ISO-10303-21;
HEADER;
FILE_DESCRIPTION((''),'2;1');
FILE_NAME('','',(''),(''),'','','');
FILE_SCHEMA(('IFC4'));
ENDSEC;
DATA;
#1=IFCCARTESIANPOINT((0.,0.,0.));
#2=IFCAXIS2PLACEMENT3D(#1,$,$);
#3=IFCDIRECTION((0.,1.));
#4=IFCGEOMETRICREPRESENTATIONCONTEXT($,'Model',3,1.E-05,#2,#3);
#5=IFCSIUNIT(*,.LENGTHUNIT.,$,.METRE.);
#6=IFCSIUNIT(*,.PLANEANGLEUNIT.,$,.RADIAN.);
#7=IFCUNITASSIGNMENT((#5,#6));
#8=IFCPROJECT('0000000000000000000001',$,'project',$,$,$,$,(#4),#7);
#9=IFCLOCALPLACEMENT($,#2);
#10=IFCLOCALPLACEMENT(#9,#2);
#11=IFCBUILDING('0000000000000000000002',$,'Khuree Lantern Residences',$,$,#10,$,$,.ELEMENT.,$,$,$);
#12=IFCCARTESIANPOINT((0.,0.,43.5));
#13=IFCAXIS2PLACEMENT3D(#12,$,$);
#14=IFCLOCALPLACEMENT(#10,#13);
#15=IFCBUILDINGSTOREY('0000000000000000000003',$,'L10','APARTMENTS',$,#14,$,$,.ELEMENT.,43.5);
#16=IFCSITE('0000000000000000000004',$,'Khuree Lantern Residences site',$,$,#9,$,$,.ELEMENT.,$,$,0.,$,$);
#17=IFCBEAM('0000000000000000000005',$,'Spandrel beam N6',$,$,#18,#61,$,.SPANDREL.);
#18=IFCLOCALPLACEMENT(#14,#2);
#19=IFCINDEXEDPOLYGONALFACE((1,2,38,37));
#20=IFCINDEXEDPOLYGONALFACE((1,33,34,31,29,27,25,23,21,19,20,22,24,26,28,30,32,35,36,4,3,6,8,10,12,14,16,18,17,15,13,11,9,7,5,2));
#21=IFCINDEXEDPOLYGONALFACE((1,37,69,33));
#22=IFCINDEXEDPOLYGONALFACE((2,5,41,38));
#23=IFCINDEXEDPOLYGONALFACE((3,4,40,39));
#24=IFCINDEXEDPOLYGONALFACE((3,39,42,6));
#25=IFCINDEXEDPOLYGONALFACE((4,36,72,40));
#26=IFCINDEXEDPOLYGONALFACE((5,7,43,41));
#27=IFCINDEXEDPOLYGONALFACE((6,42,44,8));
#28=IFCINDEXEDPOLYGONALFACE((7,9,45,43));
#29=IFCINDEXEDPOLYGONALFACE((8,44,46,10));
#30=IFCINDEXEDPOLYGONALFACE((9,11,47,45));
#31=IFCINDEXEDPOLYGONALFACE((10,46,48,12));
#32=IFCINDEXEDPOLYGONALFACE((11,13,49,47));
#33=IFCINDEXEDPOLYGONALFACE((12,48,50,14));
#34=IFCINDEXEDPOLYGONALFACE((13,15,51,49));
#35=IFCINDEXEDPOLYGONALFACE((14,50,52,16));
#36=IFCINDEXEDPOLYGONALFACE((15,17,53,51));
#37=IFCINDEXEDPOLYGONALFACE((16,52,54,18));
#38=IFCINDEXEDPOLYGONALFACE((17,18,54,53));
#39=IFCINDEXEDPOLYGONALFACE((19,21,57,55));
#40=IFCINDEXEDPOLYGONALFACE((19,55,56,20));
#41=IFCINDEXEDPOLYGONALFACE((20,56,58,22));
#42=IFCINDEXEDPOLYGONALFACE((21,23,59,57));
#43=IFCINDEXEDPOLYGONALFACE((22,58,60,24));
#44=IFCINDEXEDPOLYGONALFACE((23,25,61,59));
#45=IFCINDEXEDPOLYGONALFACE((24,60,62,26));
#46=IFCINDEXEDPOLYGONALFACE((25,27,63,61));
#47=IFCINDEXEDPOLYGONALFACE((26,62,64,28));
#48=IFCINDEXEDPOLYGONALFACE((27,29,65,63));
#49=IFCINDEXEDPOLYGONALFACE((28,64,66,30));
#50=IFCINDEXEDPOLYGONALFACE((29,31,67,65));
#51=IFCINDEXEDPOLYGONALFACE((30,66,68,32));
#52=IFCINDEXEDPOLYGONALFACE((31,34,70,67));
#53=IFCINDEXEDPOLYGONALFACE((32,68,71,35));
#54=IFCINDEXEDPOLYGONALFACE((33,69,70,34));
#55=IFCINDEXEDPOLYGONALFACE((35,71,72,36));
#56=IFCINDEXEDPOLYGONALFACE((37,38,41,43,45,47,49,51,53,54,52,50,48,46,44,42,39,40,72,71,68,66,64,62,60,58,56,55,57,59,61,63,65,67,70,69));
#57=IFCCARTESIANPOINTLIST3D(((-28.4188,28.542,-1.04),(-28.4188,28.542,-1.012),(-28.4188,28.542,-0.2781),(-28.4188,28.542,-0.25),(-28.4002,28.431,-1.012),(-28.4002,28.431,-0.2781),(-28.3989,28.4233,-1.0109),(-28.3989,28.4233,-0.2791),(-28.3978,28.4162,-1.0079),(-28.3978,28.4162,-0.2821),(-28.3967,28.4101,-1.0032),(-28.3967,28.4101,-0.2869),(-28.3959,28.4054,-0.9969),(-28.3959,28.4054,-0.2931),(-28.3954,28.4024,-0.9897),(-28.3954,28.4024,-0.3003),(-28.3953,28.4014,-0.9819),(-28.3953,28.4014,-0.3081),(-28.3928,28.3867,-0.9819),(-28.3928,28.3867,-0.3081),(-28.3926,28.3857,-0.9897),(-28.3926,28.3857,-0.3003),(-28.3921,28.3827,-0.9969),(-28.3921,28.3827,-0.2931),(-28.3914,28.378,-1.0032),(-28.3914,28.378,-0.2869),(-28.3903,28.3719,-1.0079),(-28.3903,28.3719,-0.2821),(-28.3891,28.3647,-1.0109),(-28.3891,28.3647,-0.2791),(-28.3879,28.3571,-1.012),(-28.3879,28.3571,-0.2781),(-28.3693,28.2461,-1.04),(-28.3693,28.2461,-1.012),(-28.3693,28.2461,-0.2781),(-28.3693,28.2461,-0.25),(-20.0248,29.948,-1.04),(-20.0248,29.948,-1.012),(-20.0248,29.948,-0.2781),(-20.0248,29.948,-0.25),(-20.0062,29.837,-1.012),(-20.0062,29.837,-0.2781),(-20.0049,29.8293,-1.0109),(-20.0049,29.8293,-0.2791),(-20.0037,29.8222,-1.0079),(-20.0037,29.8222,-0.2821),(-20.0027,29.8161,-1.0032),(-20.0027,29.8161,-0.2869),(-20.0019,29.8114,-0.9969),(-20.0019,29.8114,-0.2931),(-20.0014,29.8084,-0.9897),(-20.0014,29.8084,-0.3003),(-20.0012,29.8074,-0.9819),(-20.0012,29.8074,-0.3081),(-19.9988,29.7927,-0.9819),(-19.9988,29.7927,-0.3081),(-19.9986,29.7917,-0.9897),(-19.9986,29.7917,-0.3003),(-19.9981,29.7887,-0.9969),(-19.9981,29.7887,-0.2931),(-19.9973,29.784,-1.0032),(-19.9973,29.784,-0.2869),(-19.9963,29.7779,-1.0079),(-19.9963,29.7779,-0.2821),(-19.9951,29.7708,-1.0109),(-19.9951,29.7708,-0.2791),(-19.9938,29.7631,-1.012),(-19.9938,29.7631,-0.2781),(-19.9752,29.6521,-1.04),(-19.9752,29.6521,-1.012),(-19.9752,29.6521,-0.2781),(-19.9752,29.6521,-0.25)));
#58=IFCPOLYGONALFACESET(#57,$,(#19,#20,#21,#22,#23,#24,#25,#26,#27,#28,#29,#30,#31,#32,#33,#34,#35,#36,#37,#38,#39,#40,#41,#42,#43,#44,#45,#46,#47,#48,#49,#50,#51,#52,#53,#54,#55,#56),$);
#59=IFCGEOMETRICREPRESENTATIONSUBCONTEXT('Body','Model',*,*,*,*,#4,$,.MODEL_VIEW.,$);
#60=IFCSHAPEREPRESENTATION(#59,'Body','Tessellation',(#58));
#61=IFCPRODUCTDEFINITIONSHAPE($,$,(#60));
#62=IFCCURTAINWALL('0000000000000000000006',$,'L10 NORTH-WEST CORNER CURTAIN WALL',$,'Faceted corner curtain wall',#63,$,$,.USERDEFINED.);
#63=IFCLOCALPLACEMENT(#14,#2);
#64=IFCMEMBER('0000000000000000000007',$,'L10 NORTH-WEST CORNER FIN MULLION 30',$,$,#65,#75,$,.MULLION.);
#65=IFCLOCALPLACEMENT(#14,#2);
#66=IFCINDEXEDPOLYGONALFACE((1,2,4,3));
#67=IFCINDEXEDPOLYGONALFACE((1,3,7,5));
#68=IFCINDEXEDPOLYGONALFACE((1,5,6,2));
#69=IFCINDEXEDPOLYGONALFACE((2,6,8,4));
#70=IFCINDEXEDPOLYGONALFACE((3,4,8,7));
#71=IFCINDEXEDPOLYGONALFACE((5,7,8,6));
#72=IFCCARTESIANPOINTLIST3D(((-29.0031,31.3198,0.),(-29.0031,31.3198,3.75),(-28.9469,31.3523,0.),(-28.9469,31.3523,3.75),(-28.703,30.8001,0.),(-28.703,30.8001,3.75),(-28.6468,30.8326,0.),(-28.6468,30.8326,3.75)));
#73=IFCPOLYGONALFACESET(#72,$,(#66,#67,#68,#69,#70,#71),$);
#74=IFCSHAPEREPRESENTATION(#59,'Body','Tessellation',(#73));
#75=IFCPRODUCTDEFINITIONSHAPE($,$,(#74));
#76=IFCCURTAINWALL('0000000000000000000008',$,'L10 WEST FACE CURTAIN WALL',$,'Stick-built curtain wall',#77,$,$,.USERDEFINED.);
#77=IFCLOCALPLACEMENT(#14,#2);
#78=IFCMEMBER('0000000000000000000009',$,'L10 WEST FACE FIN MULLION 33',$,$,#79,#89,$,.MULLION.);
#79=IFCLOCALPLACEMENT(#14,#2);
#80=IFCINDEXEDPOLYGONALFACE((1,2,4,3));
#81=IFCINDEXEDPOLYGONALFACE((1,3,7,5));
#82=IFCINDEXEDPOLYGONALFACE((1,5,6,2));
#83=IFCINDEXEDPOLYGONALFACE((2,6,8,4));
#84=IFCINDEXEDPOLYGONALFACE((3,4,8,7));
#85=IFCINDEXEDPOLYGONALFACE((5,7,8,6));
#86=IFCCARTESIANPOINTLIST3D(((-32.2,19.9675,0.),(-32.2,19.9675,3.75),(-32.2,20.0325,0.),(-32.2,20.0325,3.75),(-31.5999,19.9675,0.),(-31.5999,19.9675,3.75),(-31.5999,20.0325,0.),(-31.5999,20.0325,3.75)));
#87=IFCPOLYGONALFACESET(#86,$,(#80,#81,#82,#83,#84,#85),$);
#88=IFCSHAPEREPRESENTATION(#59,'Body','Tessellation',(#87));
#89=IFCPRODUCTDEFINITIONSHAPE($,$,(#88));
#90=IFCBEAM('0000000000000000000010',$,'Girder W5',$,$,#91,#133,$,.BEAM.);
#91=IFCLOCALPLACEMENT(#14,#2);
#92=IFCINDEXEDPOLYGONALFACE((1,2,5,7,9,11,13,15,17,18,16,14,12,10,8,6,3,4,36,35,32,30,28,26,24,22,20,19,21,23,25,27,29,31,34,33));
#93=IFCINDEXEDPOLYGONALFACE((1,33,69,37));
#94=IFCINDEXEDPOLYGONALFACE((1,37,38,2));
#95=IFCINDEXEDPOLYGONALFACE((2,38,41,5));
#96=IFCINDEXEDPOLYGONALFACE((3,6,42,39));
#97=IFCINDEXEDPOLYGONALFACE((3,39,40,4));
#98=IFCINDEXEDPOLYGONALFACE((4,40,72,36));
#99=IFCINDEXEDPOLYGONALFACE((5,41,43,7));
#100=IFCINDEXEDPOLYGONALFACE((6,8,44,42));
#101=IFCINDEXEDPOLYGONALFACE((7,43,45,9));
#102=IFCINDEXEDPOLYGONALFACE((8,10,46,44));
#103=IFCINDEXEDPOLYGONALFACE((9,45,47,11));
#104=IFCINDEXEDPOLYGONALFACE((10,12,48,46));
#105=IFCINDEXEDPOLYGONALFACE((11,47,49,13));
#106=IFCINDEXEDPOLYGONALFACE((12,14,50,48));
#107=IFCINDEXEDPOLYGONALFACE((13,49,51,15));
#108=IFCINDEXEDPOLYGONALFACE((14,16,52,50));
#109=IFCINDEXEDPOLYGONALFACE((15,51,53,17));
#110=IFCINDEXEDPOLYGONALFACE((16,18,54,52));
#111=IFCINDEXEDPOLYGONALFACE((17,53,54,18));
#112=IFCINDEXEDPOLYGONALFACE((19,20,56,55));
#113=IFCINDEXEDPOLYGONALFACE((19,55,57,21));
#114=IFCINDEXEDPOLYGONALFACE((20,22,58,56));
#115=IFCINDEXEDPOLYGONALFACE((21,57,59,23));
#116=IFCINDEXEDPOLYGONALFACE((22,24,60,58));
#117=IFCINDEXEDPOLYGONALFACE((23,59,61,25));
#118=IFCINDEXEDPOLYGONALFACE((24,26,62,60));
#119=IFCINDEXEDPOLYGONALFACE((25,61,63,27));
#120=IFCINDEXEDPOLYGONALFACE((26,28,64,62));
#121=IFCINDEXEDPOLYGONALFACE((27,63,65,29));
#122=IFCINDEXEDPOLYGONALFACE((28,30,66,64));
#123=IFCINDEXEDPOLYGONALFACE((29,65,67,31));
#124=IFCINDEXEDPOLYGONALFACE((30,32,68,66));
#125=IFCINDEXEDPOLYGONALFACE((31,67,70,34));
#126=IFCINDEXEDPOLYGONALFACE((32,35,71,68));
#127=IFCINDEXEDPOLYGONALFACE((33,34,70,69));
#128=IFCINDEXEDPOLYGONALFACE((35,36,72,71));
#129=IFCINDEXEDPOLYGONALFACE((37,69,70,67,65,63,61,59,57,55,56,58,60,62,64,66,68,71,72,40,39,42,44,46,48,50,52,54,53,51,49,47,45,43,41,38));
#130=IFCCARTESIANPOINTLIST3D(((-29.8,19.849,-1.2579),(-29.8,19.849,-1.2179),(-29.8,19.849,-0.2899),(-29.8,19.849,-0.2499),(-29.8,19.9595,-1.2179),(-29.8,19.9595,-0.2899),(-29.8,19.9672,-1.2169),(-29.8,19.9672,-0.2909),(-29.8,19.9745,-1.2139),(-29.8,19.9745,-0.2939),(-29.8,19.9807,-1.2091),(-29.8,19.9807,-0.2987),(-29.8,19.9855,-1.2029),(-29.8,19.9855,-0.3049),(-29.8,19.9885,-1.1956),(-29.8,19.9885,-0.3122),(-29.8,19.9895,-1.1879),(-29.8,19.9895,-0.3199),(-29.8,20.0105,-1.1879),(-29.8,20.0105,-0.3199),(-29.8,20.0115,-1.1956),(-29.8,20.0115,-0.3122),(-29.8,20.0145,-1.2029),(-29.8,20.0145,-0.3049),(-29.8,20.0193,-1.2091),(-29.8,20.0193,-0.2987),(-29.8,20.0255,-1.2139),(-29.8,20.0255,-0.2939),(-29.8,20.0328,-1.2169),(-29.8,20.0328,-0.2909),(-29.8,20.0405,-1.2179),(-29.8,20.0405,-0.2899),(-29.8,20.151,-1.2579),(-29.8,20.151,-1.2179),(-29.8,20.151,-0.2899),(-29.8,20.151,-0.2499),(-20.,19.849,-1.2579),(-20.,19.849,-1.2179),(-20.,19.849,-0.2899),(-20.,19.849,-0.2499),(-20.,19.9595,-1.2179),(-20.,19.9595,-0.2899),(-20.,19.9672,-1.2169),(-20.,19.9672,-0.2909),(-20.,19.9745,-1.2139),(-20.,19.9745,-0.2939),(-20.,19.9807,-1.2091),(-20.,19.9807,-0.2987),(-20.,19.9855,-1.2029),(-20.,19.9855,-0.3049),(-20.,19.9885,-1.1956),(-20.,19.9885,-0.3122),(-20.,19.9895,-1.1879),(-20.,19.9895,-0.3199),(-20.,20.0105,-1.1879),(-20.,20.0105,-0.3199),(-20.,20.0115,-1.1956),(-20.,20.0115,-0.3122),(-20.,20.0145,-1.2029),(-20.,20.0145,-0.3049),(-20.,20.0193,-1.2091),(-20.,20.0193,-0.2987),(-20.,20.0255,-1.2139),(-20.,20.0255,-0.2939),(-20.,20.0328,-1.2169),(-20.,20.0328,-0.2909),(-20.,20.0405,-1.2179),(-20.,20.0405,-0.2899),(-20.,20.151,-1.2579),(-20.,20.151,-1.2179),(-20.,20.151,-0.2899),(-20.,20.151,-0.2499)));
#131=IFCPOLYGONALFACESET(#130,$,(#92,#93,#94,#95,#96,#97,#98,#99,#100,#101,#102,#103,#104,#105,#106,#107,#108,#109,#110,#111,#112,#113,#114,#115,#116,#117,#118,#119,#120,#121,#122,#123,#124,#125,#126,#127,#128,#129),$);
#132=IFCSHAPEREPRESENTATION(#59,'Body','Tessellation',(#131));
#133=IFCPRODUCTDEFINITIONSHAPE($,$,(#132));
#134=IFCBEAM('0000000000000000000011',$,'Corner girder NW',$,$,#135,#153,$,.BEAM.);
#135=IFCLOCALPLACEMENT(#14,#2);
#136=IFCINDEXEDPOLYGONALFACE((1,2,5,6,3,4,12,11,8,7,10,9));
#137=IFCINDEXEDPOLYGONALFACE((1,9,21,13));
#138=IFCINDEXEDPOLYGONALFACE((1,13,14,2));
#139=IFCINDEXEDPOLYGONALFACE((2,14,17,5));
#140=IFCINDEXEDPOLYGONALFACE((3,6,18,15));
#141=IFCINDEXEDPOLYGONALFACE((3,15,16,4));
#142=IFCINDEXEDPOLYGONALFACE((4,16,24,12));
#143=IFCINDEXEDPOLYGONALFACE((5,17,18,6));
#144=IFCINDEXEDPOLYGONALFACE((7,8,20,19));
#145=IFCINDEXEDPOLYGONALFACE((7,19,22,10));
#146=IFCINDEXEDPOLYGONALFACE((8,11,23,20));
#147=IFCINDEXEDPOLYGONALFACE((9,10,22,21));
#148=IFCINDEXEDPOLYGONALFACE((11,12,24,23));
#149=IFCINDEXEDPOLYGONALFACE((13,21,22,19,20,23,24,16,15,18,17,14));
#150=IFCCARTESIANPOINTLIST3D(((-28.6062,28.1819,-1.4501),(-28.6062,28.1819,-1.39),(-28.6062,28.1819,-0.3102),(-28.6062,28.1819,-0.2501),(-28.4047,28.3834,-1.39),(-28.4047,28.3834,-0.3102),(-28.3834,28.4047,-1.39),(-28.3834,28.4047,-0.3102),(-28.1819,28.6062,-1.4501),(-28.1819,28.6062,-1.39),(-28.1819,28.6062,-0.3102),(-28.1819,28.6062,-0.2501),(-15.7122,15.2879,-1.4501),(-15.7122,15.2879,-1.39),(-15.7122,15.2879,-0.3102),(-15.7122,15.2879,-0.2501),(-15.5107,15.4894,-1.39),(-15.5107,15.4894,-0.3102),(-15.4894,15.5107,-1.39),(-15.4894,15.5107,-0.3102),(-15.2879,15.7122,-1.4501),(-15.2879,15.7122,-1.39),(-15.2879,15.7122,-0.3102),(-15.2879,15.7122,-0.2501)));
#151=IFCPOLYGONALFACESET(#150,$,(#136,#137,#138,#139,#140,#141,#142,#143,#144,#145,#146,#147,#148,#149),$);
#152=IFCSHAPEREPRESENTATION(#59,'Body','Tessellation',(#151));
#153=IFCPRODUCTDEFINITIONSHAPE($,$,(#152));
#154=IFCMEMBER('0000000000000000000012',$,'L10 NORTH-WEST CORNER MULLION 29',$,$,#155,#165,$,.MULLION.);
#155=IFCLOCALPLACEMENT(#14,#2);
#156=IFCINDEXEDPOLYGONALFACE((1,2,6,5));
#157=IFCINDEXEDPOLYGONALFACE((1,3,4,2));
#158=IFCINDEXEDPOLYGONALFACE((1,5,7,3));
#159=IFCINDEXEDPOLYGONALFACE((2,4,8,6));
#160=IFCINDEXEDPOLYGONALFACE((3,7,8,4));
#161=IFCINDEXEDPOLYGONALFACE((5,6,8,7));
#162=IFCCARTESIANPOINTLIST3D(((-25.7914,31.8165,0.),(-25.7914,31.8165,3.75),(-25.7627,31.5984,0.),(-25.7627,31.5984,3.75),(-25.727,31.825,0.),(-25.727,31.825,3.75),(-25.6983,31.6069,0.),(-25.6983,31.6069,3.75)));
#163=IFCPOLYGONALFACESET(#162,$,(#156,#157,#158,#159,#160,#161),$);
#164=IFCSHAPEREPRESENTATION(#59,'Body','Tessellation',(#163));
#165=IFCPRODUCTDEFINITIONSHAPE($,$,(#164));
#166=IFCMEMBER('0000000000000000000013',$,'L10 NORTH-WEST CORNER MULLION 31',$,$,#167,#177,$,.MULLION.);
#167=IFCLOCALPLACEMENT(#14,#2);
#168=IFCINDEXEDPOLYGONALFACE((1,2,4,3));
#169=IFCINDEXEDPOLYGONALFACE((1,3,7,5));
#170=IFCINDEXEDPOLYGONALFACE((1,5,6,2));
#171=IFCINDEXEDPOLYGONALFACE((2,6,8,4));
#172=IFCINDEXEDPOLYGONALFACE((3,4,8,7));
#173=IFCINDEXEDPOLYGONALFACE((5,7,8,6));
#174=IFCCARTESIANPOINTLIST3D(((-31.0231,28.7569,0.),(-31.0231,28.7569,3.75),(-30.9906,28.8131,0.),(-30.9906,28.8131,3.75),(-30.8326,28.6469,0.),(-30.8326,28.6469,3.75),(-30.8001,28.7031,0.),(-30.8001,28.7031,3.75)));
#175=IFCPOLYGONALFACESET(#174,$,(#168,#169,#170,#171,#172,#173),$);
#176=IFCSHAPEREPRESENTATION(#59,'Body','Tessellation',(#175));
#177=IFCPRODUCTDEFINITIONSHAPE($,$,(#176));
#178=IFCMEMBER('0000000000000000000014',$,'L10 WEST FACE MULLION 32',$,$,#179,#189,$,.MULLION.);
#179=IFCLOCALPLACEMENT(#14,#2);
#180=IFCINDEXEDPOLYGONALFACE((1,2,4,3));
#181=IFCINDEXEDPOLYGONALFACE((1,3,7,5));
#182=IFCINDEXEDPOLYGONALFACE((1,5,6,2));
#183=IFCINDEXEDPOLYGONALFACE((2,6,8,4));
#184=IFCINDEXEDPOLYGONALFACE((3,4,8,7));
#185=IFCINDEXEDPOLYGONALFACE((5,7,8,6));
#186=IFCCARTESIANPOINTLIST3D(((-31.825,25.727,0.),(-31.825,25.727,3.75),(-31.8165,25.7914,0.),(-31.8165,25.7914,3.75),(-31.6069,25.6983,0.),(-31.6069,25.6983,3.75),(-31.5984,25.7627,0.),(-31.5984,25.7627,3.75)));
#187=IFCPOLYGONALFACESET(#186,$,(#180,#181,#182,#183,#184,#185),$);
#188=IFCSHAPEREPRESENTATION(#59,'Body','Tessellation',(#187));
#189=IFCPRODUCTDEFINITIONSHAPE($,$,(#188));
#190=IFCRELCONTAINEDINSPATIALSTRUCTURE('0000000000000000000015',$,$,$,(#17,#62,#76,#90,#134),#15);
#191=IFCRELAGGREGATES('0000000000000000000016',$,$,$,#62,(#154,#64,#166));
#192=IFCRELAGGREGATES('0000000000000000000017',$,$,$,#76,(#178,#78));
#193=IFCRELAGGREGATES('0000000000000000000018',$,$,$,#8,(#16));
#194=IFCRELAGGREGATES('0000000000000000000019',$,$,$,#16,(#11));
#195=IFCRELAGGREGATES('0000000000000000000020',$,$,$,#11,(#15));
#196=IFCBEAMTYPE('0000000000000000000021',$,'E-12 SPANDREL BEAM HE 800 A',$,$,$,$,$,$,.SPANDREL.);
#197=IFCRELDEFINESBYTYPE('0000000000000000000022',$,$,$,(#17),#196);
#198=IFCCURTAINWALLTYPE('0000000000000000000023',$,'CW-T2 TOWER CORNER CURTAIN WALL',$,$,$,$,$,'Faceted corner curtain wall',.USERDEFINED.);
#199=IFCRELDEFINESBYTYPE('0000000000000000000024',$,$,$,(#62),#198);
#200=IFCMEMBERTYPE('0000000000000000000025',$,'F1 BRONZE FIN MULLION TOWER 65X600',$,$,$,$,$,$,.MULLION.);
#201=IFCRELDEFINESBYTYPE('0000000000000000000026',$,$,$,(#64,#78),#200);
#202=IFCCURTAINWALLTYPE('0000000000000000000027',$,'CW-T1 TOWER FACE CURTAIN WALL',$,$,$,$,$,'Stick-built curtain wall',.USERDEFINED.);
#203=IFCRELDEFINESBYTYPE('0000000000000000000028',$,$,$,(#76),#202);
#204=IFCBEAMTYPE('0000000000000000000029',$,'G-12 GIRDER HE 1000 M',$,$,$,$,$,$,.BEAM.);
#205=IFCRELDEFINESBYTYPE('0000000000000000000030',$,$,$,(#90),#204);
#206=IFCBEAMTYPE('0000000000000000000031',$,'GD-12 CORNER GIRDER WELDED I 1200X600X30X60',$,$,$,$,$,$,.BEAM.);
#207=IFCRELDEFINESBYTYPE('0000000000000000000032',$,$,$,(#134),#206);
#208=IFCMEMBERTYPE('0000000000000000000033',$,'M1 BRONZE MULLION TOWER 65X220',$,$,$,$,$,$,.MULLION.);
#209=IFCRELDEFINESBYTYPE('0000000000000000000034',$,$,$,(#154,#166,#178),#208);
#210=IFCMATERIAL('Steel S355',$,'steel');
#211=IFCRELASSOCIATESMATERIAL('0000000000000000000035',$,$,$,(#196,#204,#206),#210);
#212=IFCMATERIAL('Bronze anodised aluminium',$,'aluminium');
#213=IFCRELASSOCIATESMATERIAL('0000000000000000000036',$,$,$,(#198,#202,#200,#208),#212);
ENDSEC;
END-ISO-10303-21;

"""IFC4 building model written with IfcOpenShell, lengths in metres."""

from ifc_helpers import new_model, si_unit, direction, frame, origin, origin_2d, place, context, subcontext, project, spatial, rectangle, i_section, extrude, material, material_profile, profile_set, type_object, element, aggregate, save


model = new_model("IFC4")

# Units and contexts
model_context = context("Model", 3, precision=1e-05, world=origin(), true_north=direction((0.0, 1.0)))
body_context = subcontext(model_context, "Body", "Model", "MODEL_VIEW")
ifc_project = project(units=[si_unit("LENGTHUNIT", "METRE"), si_unit("PLANEANGLEUNIT", "RADIAN")], contexts=[model_context])

# Site, building, storey
site_placement = place(None, origin())
site = spatial("IfcSite", under=ifc_project, at=site_placement, Name="Khuree Lantern Residences site", CompositionType="ELEMENT", RefElevation=0.0)
building_placement = place(site_placement, origin())
building = spatial("IfcBuilding", under=site, at=building_placement, Name="Khuree Lantern Residences", CompositionType="ELEMENT")
storey_placement = place(building_placement, frame((0.0, 0.0, 43.5)))
storey = spatial("IfcBuildingStorey", under=building, at=storey_placement, Name="L10", Description="APARTMENTS", CompositionType="ELEMENT", Elevation=43.5)

# Beam
ifc_material_1 = material(Name="Steel S355", Category="steel")
ifc_material_profile_1 = material_profile(ifc_material_1, i_section(OverallWidth=0.3, OverallDepth=0.79, WebThickness=0.0149, FlangeThickness=0.0281, FilletRadius=0.03, at=origin_2d()), Name="HE 800 A")
ifc_profile_set_1 = profile_set([ifc_material_profile_1], Name="Steel S355")
beam_type_1 = type_object("IfcBeamType", Name="E-12 SPANDREL BEAM HE 800 A", PredefinedType="SPANDREL", material=ifc_profile_set_1)
for number, where, z_axis, x_axis, name in (
    (1, (-28.394, 28.394, -0.645), (0.98626, 0.165199, 0.0), (-0.165199, 0.98626, 0.0), "Spandrel beam N6"),
):
    element("IfcBeam", number, at=place(storey_placement, frame(where, z_axis=z_axis, x_axis=x_axis)), inside=storey, type_object=beam_type_1, Name=name, PredefinedType="SPANDREL", context=body_context, shape_type="SweptSolid", body=[
        extrude(i_section(OverallWidth=0.3, OverallDepth=0.79, WebThickness=0.0149, FlangeThickness=0.0281, FilletRadius=0.03, at=origin_2d()), origin(), (0.0, 0.0, 1.0), 8.511),
    ])

# Curtain walls, members
ifc_material_2 = material(Name="Bronze anodised aluminium", Category="aluminium")
curtain_wall_type_1 = type_object("IfcCurtainWallType", Name="CW-T2 TOWER CORNER CURTAIN WALL", ElementType="Faceted corner curtain wall", PredefinedType="USERDEFINED", material=ifc_material_2)
curtain_wall_1_placement = place(storey_placement, origin())
curtain_wall_1 = element("IfcCurtainWall", 2, at=curtain_wall_1_placement, inside=storey, type_object=curtain_wall_type_1, Name="L10 NORTH-WEST CORNER CURTAIN WALL", ObjectType="Faceted corner curtain wall", PredefinedType="USERDEFINED")
ifc_material_profile_2 = material_profile(ifc_material_2, rectangle(XDim=0.0649, YDim=0.6001, at=origin_2d()), Name="F1 65X600")
ifc_profile_set_2 = profile_set([ifc_material_profile_2], Name="Bronze anodised aluminium")
member_type_1 = type_object("IfcMemberType", Name="F1 BRONZE FIN MULLION TOWER 65X600", PredefinedType="MULLION", material=ifc_profile_set_2)
member_1_placement = place(storey_placement, frame((-28.825, 31.0762, 0.0), z_axis=(0.0, 0.0, 1.0), x_axis=(-0.866025, -0.5, 0.0)))
member_1 = element("IfcMember", 3, at=member_1_placement, type_object=member_type_1, Name="L10 NORTH-WEST CORNER FIN MULLION 30", PredefinedType="MULLION", context=body_context, shape_type="SweptSolid", body=[
    extrude(rectangle(XDim=0.0649, YDim=0.6001, at=origin_2d()), origin(), (0.0, 0.0, 1.0), 3.75),
])
curtain_wall_type_2 = type_object("IfcCurtainWallType", Name="CW-T1 TOWER FACE CURTAIN WALL", ElementType="Stick-built curtain wall", PredefinedType="USERDEFINED", material=ifc_material_2)
curtain_wall_2_placement = place(storey_placement, origin())
curtain_wall_2 = element("IfcCurtainWall", 4, at=curtain_wall_2_placement, inside=storey, type_object=curtain_wall_type_2, Name="L10 WEST FACE CURTAIN WALL", ObjectType="Stick-built curtain wall", PredefinedType="USERDEFINED")
member_2_placement = place(storey_placement, frame((-31.8999, 20.0, 0.0), z_axis=(0.0, 0.0, 1.0), x_axis=(0.0, -1.0, 0.0)))
member_2 = element("IfcMember", 5, at=member_2_placement, type_object=member_type_1, Name="L10 WEST FACE FIN MULLION 33", PredefinedType="MULLION", context=body_context, shape_type="SweptSolid", body=[
    extrude(rectangle(XDim=0.0649, YDim=0.6001, at=origin_2d()), origin(), (0.0, 0.0, 1.0), 3.75),
])

# Beams
ifc_material_profile_3 = material_profile(ifc_material_1, i_section(OverallWidth=0.302, OverallDepth=1.0081, WebThickness=0.021, FlangeThickness=0.04, FilletRadius=0.03, at=origin_2d()), Name="HE 1000 M")
ifc_profile_set_3 = profile_set([ifc_material_profile_3], Name="Steel S355")
beam_type_2 = type_object("IfcBeamType", Name="G-12 GIRDER HE 1000 M", PredefinedType="BEAM", material=ifc_profile_set_3)
beam_1_placement = place(storey_placement, frame((-29.8, 20.0, -0.7539), z_axis=(1.0, 0.0, 0.0), x_axis=(0.0, 1.0, 0.0)))
element("IfcBeam", 6, at=beam_1_placement, inside=storey, type_object=beam_type_2, Name="Girder W5", PredefinedType="BEAM", context=body_context, shape_type="SweptSolid", body=[
    extrude(i_section(OverallWidth=0.302, OverallDepth=1.0081, WebThickness=0.021, FlangeThickness=0.04, FilletRadius=0.03, at=origin_2d()), origin(), (0.0, 0.0, 1.0), 9.8),
])
ifc_material_profile_4 = material_profile(ifc_material_1, i_section(OverallWidth=0.6001, OverallDepth=1.2, WebThickness=0.03, FlangeThickness=0.0601, at=origin_2d()), Name="WELDED I 1200X600X30X60")
ifc_profile_set_4 = profile_set([ifc_material_profile_4], Name="Steel S355")
beam_type_3 = type_object("IfcBeamType", Name="GD-12 CORNER GIRDER WELDED I 1200X600X30X60", PredefinedType="BEAM", material=ifc_profile_set_4)
beam_2_placement = place(storey_placement, frame((-28.394, 28.394, -0.8501), z_axis=(0.707107, -0.707107, 0.0), x_axis=(0.707107, 0.707107, 0.0)))
element("IfcBeam", 7, at=beam_2_placement, inside=storey, type_object=beam_type_3, Name="Corner girder NW", PredefinedType="BEAM", context=body_context, shape_type="SweptSolid", body=[
    extrude(i_section(OverallWidth=0.6001, OverallDepth=1.2, WebThickness=0.03, FlangeThickness=0.0601, at=origin_2d()), origin(), (0.0, 0.0, 1.0), 18.2349),
])

# Members
ifc_material_profile_5 = material_profile(ifc_material_2, rectangle(XDim=0.0649, YDim=0.22, at=origin_2d()), Name="M1 65X220")
ifc_profile_set_5 = profile_set([ifc_material_profile_5], Name="Bronze anodised aluminium")
member_type_2 = type_object("IfcMemberType", Name="M1 BRONZE MULLION TOWER 65X220", PredefinedType="MULLION", material=ifc_profile_set_5)
member_3_placement = place(storey_placement, frame((-25.7449, 31.7117, 0.0), z_axis=(0.0, 0.0, 1.0), x_axis=(-0.991445, -0.130526, 0.0)))
member_3 = element("IfcMember", 8, at=member_3_placement, type_object=member_type_2, Name="L10 NORTH-WEST CORNER MULLION 29", PredefinedType="MULLION", context=body_context, shape_type="SweptSolid", body=[
    extrude(rectangle(XDim=0.0649, YDim=0.22, at=origin_2d()), origin(), (0.0, 0.0, 1.0), 3.75),
])
member_4_placement = place(storey_placement, frame((-30.9116, 28.73, 0.0), z_axis=(0.0, 0.0, 1.0), x_axis=(-0.5, -0.866025, 0.0)))
member_4 = element("IfcMember", 9, at=member_4_placement, type_object=member_type_2, Name="L10 NORTH-WEST CORNER MULLION 31", PredefinedType="MULLION", context=body_context, shape_type="SweptSolid", body=[
    extrude(rectangle(XDim=0.0649, YDim=0.22, at=origin_2d()), origin(), (0.0, 0.0, 1.0), 3.75),
])
member_5_placement = place(storey_placement, frame((-31.7117, 25.7449, 0.0), z_axis=(0.0, 0.0, 1.0), x_axis=(-0.130526, -0.991445, 0.0)))
member_5 = element("IfcMember", 10, at=member_5_placement, type_object=member_type_2, Name="L10 WEST FACE MULLION 32", PredefinedType="MULLION", context=body_context, shape_type="SweptSolid", body=[
    extrude(rectangle(XDim=0.0649, YDim=0.22, at=origin_2d()), origin(), (0.0, 0.0, 1.0), 3.75),
])

aggregate(curtain_wall_1, [member_3, member_1, member_4])
aggregate(curtain_wall_2, [member_5, member_2])

save(model, "model.ifc")
